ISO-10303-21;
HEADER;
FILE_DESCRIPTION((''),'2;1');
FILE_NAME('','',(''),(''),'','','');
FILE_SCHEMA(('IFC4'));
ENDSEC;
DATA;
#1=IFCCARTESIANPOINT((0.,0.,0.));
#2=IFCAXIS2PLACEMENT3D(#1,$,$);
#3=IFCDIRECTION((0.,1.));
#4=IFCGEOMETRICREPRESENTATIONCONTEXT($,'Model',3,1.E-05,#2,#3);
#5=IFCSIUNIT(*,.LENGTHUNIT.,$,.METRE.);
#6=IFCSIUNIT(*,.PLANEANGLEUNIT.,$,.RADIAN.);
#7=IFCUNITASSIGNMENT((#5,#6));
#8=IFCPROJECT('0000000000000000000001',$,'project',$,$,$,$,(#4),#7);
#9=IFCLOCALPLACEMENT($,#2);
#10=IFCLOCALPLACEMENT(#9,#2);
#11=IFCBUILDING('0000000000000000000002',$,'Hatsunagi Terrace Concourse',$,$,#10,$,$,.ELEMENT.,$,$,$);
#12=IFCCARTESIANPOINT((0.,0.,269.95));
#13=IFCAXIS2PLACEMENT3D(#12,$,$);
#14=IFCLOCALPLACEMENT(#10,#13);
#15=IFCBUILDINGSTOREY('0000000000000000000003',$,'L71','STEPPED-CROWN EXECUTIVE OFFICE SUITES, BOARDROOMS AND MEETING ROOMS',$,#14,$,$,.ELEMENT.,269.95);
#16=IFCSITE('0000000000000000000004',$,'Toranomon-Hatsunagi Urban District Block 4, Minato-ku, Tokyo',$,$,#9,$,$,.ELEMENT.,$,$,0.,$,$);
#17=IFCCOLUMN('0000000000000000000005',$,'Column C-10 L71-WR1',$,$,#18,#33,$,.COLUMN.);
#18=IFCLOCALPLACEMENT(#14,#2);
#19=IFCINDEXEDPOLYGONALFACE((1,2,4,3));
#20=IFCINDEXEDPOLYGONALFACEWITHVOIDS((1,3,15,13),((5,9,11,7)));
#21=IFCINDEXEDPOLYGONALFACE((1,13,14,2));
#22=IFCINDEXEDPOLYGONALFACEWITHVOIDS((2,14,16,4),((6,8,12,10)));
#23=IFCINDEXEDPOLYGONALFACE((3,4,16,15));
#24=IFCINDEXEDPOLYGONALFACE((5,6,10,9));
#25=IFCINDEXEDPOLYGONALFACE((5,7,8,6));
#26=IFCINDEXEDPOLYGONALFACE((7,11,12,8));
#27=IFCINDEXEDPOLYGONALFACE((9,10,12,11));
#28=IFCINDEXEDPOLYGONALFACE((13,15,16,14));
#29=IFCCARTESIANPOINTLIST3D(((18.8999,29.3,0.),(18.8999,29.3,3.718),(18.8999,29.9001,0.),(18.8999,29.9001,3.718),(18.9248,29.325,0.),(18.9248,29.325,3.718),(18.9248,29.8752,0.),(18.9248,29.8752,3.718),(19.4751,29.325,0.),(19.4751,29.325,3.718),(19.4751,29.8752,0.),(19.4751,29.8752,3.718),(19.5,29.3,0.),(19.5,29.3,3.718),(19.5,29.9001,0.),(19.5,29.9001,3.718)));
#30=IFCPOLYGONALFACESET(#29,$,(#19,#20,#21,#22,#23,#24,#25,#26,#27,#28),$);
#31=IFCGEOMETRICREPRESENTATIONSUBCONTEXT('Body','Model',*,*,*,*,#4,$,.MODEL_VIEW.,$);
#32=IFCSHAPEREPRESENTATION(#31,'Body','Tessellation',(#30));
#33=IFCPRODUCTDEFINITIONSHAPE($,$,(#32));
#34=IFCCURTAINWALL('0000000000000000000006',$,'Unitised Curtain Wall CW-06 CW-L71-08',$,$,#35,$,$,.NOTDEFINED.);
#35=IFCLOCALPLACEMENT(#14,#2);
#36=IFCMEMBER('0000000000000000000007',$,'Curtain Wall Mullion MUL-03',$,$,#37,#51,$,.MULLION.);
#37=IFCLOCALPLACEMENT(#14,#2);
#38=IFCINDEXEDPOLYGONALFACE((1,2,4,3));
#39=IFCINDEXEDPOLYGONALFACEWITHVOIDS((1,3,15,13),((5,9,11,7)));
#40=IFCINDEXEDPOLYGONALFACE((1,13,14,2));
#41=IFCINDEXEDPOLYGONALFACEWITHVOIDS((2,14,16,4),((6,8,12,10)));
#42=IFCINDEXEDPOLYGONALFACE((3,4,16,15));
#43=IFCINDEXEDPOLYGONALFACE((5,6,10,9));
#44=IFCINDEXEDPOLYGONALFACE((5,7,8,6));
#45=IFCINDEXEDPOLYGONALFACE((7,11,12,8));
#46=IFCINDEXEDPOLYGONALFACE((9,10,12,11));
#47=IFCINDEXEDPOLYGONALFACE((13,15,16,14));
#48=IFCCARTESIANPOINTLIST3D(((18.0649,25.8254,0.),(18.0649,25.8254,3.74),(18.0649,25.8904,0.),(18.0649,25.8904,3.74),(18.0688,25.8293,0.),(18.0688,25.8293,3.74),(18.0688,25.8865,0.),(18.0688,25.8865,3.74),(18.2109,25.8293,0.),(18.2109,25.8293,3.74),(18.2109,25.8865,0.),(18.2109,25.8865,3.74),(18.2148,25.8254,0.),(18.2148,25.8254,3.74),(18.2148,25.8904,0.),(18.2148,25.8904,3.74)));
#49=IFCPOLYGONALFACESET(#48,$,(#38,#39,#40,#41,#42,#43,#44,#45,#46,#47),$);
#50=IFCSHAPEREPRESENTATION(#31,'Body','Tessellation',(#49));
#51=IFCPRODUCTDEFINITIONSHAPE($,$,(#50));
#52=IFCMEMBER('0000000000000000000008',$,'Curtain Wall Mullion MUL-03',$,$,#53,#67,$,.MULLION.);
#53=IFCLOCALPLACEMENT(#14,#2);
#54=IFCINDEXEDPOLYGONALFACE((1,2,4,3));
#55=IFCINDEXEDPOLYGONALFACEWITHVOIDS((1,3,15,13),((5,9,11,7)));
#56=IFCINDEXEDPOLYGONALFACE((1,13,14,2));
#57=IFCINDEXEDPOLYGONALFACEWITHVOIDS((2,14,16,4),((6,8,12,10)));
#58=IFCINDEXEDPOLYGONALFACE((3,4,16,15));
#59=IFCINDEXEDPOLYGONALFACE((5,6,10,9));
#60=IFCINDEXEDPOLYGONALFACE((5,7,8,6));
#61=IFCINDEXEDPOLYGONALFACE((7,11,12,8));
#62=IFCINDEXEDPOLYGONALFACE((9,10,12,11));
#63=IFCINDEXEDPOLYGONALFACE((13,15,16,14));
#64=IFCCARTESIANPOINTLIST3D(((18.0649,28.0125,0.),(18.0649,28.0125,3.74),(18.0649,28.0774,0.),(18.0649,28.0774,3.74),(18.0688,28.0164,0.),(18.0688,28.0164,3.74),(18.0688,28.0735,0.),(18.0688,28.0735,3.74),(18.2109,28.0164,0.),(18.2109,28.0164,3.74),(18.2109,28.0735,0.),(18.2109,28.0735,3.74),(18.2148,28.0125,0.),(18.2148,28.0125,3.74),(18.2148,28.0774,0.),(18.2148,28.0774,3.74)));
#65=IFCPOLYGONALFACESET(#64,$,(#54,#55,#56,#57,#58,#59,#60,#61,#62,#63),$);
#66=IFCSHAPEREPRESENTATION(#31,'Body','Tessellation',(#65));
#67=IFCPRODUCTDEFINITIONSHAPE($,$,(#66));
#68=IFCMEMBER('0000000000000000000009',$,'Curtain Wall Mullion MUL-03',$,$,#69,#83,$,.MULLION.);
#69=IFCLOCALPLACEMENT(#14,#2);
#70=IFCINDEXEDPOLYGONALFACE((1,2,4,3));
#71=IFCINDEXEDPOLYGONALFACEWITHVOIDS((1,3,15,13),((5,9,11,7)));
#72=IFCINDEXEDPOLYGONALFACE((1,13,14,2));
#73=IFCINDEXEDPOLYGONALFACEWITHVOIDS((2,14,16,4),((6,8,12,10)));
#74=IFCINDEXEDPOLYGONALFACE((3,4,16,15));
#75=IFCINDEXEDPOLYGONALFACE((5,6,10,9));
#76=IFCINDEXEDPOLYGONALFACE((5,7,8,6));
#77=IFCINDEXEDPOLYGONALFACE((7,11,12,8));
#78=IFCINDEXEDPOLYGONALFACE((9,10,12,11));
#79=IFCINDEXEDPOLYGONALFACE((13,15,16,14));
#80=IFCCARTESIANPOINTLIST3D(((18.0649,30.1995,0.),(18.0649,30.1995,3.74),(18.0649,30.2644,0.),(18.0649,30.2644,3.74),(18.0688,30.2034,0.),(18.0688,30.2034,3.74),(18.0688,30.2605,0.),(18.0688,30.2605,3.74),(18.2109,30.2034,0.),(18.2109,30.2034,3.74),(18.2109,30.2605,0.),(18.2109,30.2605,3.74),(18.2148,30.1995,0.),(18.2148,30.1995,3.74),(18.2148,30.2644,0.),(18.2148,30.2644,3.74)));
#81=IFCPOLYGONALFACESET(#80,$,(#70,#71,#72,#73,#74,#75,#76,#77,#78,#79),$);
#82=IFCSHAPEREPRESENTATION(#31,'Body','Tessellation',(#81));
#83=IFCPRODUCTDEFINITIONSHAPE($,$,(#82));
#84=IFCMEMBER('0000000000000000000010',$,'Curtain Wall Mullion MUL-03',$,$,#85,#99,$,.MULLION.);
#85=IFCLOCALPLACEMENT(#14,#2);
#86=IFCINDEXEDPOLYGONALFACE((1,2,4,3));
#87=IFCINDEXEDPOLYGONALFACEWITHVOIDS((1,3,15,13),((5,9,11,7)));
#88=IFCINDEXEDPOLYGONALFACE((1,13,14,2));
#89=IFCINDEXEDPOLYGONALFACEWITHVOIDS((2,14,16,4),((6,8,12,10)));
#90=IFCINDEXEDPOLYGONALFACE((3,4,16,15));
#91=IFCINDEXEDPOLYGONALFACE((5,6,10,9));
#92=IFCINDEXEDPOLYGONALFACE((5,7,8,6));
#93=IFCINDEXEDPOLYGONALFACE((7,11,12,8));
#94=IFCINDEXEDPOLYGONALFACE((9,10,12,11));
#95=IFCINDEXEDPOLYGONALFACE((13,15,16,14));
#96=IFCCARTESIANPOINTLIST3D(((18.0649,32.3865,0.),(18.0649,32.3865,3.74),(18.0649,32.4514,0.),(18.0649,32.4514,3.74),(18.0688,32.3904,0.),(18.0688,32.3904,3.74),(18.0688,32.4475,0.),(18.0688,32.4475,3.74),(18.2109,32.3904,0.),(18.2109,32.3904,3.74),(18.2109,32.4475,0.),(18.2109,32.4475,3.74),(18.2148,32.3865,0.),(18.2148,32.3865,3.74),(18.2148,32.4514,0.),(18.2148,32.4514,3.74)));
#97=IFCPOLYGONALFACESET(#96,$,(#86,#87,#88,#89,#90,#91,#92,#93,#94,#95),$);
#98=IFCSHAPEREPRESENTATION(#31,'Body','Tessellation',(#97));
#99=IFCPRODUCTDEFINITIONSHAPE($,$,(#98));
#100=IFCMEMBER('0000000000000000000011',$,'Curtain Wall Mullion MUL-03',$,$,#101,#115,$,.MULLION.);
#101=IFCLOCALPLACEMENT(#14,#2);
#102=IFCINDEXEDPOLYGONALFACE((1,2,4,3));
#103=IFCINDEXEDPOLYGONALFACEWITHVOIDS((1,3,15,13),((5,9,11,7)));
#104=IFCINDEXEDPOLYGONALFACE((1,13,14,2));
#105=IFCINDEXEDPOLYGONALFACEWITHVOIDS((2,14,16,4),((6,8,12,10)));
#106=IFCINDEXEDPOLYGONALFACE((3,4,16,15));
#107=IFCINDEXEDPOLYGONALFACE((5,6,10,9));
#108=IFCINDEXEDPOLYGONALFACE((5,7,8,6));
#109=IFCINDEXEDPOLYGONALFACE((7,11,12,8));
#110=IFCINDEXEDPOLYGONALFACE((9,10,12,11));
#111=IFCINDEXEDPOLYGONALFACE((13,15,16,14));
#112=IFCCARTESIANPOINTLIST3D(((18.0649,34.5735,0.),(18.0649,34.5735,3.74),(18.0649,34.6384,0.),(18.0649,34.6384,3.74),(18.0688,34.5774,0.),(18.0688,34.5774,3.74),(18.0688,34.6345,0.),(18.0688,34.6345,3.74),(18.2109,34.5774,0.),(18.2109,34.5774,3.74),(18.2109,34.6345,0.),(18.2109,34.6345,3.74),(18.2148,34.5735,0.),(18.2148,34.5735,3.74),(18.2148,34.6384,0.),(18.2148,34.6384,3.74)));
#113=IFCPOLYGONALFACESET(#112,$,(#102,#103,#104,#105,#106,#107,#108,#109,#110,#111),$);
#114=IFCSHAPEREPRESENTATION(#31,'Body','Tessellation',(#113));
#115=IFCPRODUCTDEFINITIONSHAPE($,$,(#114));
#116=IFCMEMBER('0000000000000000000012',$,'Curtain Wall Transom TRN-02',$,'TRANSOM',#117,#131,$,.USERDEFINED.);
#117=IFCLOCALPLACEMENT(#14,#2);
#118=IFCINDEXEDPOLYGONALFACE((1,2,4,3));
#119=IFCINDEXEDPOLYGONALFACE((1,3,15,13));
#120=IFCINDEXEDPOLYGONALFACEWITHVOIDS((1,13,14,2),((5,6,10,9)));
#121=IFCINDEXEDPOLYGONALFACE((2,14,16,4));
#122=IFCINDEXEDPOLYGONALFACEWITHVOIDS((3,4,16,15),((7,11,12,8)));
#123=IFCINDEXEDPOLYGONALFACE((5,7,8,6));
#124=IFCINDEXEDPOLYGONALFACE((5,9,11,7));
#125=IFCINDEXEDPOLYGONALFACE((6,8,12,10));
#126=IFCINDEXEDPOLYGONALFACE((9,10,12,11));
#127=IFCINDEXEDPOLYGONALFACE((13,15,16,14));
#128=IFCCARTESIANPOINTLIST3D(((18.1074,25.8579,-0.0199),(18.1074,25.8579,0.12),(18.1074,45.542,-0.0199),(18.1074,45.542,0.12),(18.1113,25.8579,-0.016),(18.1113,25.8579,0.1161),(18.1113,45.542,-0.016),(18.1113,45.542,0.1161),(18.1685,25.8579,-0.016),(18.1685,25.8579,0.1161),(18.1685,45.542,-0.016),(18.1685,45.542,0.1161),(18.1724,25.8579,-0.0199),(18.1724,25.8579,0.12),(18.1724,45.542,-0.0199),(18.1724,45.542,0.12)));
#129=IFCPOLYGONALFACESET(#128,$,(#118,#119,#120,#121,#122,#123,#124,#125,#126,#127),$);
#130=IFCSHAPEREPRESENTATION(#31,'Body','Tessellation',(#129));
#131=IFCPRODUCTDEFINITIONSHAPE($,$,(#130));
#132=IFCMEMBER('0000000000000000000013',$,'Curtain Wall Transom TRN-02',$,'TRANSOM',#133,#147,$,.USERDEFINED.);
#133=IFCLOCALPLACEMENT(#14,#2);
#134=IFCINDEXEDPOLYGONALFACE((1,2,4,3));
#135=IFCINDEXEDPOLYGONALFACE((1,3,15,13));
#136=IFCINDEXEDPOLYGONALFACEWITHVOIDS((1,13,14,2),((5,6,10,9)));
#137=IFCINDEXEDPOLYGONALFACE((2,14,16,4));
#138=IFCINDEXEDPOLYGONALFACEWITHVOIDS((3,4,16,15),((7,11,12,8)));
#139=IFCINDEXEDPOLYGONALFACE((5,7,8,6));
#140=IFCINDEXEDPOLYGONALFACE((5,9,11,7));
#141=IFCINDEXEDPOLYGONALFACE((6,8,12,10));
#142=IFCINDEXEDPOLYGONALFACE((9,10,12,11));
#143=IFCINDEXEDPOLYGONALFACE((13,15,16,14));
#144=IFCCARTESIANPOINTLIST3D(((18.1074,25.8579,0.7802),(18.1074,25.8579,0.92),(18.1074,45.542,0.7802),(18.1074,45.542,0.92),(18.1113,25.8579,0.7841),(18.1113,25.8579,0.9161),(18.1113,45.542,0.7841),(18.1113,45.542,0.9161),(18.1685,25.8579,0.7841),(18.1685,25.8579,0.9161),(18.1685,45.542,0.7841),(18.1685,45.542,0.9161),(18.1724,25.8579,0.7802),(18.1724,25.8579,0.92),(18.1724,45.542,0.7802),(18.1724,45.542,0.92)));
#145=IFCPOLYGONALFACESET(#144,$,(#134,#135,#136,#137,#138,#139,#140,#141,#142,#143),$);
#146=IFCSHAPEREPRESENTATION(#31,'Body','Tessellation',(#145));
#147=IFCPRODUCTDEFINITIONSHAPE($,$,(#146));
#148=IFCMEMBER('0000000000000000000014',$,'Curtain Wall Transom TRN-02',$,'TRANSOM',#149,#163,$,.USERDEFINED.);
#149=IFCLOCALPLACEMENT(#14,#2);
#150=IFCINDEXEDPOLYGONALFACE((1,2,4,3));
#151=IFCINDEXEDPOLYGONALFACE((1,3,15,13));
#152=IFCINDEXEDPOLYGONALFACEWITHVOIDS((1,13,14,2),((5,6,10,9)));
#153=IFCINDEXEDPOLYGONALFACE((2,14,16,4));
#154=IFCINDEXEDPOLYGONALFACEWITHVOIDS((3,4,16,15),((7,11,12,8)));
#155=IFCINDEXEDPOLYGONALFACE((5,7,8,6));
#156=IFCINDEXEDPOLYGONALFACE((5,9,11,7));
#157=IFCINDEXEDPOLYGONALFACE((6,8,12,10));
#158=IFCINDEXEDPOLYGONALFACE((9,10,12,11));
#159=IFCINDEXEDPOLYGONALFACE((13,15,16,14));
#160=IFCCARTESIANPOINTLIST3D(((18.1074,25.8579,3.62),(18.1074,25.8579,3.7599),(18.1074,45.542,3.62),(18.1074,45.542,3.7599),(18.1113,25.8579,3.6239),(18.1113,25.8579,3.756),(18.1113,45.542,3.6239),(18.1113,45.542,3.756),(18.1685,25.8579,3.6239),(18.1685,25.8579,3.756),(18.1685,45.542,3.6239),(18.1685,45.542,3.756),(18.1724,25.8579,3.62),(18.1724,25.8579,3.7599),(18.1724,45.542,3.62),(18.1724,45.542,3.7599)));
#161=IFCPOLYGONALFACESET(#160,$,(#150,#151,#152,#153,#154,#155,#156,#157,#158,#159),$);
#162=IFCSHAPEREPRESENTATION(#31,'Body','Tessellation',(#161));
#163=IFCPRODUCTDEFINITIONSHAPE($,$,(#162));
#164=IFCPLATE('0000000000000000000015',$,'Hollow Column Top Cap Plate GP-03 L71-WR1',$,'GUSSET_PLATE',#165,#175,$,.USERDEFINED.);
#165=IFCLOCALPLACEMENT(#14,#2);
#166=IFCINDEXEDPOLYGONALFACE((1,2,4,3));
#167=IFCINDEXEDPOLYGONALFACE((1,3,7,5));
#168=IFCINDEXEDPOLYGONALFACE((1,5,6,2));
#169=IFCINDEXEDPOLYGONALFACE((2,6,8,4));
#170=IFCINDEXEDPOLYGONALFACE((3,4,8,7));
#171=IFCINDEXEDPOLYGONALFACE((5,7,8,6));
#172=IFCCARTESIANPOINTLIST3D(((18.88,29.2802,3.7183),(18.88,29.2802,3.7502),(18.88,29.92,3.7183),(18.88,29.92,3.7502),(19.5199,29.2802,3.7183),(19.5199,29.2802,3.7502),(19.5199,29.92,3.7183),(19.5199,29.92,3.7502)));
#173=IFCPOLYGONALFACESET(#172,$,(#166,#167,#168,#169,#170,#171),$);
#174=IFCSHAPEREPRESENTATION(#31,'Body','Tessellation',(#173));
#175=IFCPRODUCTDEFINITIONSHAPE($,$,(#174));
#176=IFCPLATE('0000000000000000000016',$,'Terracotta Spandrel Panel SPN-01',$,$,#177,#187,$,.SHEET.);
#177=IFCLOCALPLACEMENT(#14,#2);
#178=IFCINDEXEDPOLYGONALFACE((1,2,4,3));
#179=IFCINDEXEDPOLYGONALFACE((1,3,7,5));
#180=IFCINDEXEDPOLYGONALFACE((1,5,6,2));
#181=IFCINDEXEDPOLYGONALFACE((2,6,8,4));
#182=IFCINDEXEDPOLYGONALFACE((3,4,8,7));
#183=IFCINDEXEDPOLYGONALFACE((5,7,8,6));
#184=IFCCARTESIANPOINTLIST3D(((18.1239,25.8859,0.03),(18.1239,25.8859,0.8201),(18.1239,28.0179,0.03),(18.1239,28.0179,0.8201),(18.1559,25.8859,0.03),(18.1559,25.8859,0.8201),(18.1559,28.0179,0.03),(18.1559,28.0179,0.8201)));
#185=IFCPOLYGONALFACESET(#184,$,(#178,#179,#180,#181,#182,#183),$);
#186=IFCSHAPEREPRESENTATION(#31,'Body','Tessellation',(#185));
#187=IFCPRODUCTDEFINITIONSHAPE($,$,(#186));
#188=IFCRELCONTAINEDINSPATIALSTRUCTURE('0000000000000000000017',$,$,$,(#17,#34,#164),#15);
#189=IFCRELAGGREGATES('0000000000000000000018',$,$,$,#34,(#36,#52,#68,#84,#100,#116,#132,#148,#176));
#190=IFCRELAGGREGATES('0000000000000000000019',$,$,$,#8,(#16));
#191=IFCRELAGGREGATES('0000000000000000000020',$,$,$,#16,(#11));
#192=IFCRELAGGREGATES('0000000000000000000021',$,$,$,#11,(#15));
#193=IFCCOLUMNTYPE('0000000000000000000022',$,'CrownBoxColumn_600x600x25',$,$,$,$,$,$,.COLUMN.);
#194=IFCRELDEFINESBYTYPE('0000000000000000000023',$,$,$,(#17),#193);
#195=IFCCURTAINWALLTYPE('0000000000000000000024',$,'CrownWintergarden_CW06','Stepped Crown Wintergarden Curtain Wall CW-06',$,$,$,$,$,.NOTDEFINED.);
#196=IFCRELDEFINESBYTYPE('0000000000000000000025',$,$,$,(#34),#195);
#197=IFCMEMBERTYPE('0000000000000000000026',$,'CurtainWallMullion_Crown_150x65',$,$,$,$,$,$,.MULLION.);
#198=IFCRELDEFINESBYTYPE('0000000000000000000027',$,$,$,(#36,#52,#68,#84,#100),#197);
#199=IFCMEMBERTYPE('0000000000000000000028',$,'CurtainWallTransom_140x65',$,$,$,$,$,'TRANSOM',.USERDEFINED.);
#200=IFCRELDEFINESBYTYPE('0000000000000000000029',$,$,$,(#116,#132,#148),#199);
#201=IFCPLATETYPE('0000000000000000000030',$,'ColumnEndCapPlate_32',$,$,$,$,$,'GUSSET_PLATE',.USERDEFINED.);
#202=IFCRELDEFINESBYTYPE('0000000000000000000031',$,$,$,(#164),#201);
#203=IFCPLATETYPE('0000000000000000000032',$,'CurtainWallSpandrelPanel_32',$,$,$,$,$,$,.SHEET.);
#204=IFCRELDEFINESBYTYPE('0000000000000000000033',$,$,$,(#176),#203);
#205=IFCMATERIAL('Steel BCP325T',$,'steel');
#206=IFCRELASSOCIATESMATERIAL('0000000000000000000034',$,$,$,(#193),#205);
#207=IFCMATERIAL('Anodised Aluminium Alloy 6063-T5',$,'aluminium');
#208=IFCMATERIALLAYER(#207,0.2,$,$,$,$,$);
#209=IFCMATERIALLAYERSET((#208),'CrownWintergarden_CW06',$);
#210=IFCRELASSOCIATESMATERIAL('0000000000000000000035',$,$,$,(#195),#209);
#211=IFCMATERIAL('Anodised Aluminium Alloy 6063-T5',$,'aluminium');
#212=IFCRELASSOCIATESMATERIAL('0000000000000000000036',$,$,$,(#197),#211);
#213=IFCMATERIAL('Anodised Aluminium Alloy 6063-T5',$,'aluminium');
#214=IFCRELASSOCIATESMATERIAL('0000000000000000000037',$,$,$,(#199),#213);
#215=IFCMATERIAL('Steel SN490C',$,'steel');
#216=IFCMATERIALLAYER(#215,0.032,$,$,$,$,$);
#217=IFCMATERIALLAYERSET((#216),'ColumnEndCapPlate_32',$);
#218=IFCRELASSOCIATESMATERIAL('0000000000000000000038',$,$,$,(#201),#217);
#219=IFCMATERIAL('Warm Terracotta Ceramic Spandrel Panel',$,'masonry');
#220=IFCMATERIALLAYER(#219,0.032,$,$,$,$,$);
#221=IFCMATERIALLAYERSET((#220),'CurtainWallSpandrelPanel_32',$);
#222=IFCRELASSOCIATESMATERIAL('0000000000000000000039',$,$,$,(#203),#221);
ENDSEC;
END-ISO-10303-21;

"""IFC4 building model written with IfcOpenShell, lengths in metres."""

from ifc_helpers import new_model, si_unit, direction, frame, origin, origin_2d, place, context, subcontext, project, spatial, rectangle, hollow_rectangle, extrude, material, layer, layer_set, material_profile, profile_set, type_object, element, aggregate, save


model = new_model("IFC4")

# Units and contexts
model_context = context("Model", 3, precision=1e-05, world=origin(), true_north=direction((0.0, 1.0)))
body_context = subcontext(model_context, "Body", "Model", "MODEL_VIEW")
ifc_project = project(units=[si_unit("LENGTHUNIT", "METRE"), si_unit("PLANEANGLEUNIT", "RADIAN")], contexts=[model_context])

# Site, building, storey
site_placement = place(None, origin())
site = spatial("IfcSite", under=ifc_project, at=site_placement, Name="Toranomon-Hatsunagi Urban District Block 4, Minato-ku, Tokyo", CompositionType="ELEMENT", RefElevation=0.0)
building_placement = place(site_placement, origin())
building = spatial("IfcBuilding", under=site, at=building_placement, Name="Hatsunagi Terrace Concourse", CompositionType="ELEMENT")
storey_placement = place(building_placement, frame((0.0, 0.0, 269.95)))
storey = spatial("IfcBuildingStorey", under=building, at=storey_placement, Name="L71", Description="STEPPED-CROWN EXECUTIVE OFFICE SUITES, BOARDROOMS AND MEETING ROOMS", CompositionType="ELEMENT", Elevation=269.95)

# Column
ifc_material_1 = material(Name="Steel BCP325T", Category="steel")
ifc_material_profile_1 = material_profile(ifc_material_1, hollow_rectangle(XDim=0.6001, YDim=0.6001, WallThickness=0.0249, at=origin_2d()), Name="BCP-600x600x25")
ifc_profile_set_1 = profile_set([ifc_material_profile_1], Name="Steel BCP325T")
column_type = type_object("IfcColumnType", Name="CrownBoxColumn_600x600x25", PredefinedType="COLUMN", material=ifc_profile_set_1)
column_placement = place(storey_placement, frame((19.2, 29.6001, 0.0), z_axis=(0.0, 0.0, 1.0), x_axis=(1.0, 0.0, 0.0)))
element("IfcColumn", 1, at=column_placement, inside=storey, type_object=column_type, Name="Column C-10 L71-WR1", PredefinedType="COLUMN", context=body_context, shape_type="SweptSolid", body=[
    extrude(hollow_rectangle(XDim=0.6001, YDim=0.6001, WallThickness=0.0249, at=origin_2d()), origin(), (0.0, 0.0, 1.0), 3.718),
])

# Curtain wall, members
ifc_material_2 = material(Name="Anodised Aluminium Alloy 6063-T5", Category="aluminium")
ifc_layer_1 = layer(ifc_material_2, 0.2)
ifc_layer_set_1 = layer_set([ifc_layer_1], Name="CrownWintergarden_CW06")
curtain_wall_type = type_object("IfcCurtainWallType", Name="CrownWintergarden_CW06", Description="Stepped Crown Wintergarden Curtain Wall CW-06", PredefinedType="NOTDEFINED", material=ifc_layer_set_1)
curtain_wall_placement = place(storey_placement, origin())
curtain_wall = element("IfcCurtainWall", 2, at=curtain_wall_placement, inside=storey, type_object=curtain_wall_type, Name="Unitised Curtain Wall CW-06 CW-L71-08", PredefinedType="NOTDEFINED")
ifc_material_3 = material(Name="Anodised Aluminium Alloy 6063-T5", Category="aluminium")
ifc_material_profile_2 = material_profile(ifc_material_3, hollow_rectangle(XDim=0.0649, YDim=0.1499, WallThickness=0.0039, at=origin_2d()), Name="ALU-MUL-150x65x4")
ifc_profile_set_2 = profile_set([ifc_material_profile_2], Name="Anodised Aluminium Alloy 6063-T5")
member_type_1 = type_object("IfcMemberType", Name="CurtainWallMullion_Crown_150x65", PredefinedType="MULLION", material=ifc_profile_set_2)
member_1_placement = place(storey_placement, frame((18.1399, 25.8579, 0.0), z_axis=(0.0, 0.0, 1.0), x_axis=(0.0, 1.0, 0.0)))
member_1 = element("IfcMember", 3, at=member_1_placement, type_object=member_type_1, Name="Curtain Wall Mullion MUL-03", PredefinedType="MULLION", context=body_context, shape_type="SweptSolid", body=[
    extrude(hollow_rectangle(XDim=0.0649, YDim=0.1499, WallThickness=0.0039, at=origin_2d()), origin(), (0.0, 0.0, 1.0), 3.74),
])
member_2_placement = place(storey_placement, frame((18.1399, 28.0449, 0.0), z_axis=(0.0, 0.0, 1.0), x_axis=(0.0, 1.0, 0.0)))
member_2 = element("IfcMember", 4, at=member_2_placement, type_object=member_type_1, Name="Curtain Wall Mullion MUL-03", PredefinedType="MULLION", context=body_context, shape_type="SweptSolid", body=[
    extrude(hollow_rectangle(XDim=0.0649, YDim=0.1499, WallThickness=0.0039, at=origin_2d()), origin(), (0.0, 0.0, 1.0), 3.74),
])
member_3_placement = place(storey_placement, frame((18.1399, 30.2319, 0.0), z_axis=(0.0, 0.0, 1.0), x_axis=(0.0, 1.0, 0.0)))
member_3 = element("IfcMember", 5, at=member_3_placement, type_object=member_type_1, Name="Curtain Wall Mullion MUL-03", PredefinedType="MULLION", context=body_context, shape_type="SweptSolid", body=[
    extrude(hollow_rectangle(XDim=0.0649, YDim=0.1499, WallThickness=0.0039, at=origin_2d()), origin(), (0.0, 0.0, 1.0), 3.74),
])
member_4_placement = place(storey_placement, frame((18.1399, 32.4189, 0.0), z_axis=(0.0, 0.0, 1.0), x_axis=(0.0, 1.0, 0.0)))
member_4 = element("IfcMember", 6, at=member_4_placement, type_object=member_type_1, Name="Curtain Wall Mullion MUL-03", PredefinedType="MULLION", context=body_context, shape_type="SweptSolid", body=[
    extrude(hollow_rectangle(XDim=0.0649, YDim=0.1499, WallThickness=0.0039, at=origin_2d()), origin(), (0.0, 0.0, 1.0), 3.74),
])
member_5_placement = place(storey_placement, frame((18.1399, 34.606, 0.0), z_axis=(0.0, 0.0, 1.0), x_axis=(0.0, 1.0, 0.0)))
member_5 = element("IfcMember", 7, at=member_5_placement, type_object=member_type_1, Name="Curtain Wall Mullion MUL-03", PredefinedType="MULLION", context=body_context, shape_type="SweptSolid", body=[
    extrude(hollow_rectangle(XDim=0.0649, YDim=0.1499, WallThickness=0.0039, at=origin_2d()), origin(), (0.0, 0.0, 1.0), 3.74),
])
ifc_material_4 = material(Name="Anodised Aluminium Alloy 6063-T5", Category="aluminium")
ifc_material_profile_3 = material_profile(ifc_material_4, hollow_rectangle(XDim=0.0649, YDim=0.1399, WallThickness=0.0039, at=origin_2d()), Name="ALU-TRN-140x65x4")
ifc_profile_set_3 = profile_set([ifc_material_profile_3], Name="Anodised Aluminium Alloy 6063-T5")
member_type_2 = type_object("IfcMemberType", Name="CurtainWallTransom_140x65", ElementType="TRANSOM", PredefinedType="USERDEFINED", material=ifc_profile_set_3)
member_6_placement = place(storey_placement, frame((18.1399, 25.8579, 0.05), z_axis=(0.0, 1.0, 0.0), x_axis=(-1.0, 0.0, 0.0)))
member_6 = element("IfcMember", 8, at=member_6_placement, type_object=member_type_2, Name="Curtain Wall Transom TRN-02", ObjectType="TRANSOM", PredefinedType="USERDEFINED", context=body_context, shape_type="SweptSolid", body=[
    extrude(hollow_rectangle(XDim=0.0649, YDim=0.1399, WallThickness=0.0039, at=origin_2d()), origin(), (0.0, 0.0, 1.0), 19.6841),
])
member_7_placement = place(storey_placement, frame((18.1399, 25.8579, 0.8501), z_axis=(0.0, 1.0, 0.0), x_axis=(-1.0, 0.0, 0.0)))
member_7 = element("IfcMember", 9, at=member_7_placement, type_object=member_type_2, Name="Curtain Wall Transom TRN-02", ObjectType="TRANSOM", PredefinedType="USERDEFINED", context=body_context, shape_type="SweptSolid", body=[
    extrude(hollow_rectangle(XDim=0.0649, YDim=0.1399, WallThickness=0.0039, at=origin_2d()), origin(), (0.0, 0.0, 1.0), 19.6841),
])
member_8_placement = place(storey_placement, frame((18.1399, 25.8579, 3.6899), z_axis=(0.0, 1.0, 0.0), x_axis=(-1.0, 0.0, 0.0)))
member_8 = element("IfcMember", 10, at=member_8_placement, type_object=member_type_2, Name="Curtain Wall Transom TRN-02", ObjectType="TRANSOM", PredefinedType="USERDEFINED", context=body_context, shape_type="SweptSolid", body=[
    extrude(hollow_rectangle(XDim=0.0649, YDim=0.1399, WallThickness=0.0039, at=origin_2d()), origin(), (0.0, 0.0, 1.0), 19.6841),
])

# Plates
ifc_material_5 = material(Name="Steel SN490C", Category="steel")
ifc_layer_2 = layer(ifc_material_5, 0.032)
ifc_layer_set_2 = layer_set([ifc_layer_2], Name="ColumnEndCapPlate_32")
plate_type_1 = type_object("IfcPlateType", Name="ColumnEndCapPlate_32", ElementType="GUSSET_PLATE", PredefinedType="USERDEFINED", material=ifc_layer_set_2)
plate_1_placement = place(storey_placement, frame((19.2, 29.6001, 3.7183), z_axis=(0.0, 0.0, 1.0), x_axis=(1.0, 0.0, 0.0)))
element("IfcPlate", 11, at=plate_1_placement, inside=storey, type_object=plate_type_1, Name="Hollow Column Top Cap Plate GP-03 L71-WR1", ObjectType="GUSSET_PLATE", PredefinedType="USERDEFINED", context=body_context, shape_type="SweptSolid", body=[
    extrude(rectangle(XDim=0.6399, YDim=0.6399, at=origin_2d()), origin(), (0.0, 0.0, 1.0), 0.032),
])
ifc_material_6 = material(Name="Warm Terracotta Ceramic Spandrel Panel", Category="masonry")
ifc_layer_3 = layer(ifc_material_6, 0.032)
ifc_layer_set_3 = layer_set([ifc_layer_3], Name="CurtainWallSpandrelPanel_32")
plate_type_2 = type_object("IfcPlateType", Name="CurtainWallSpandrelPanel_32", PredefinedType="SHEET", material=ifc_layer_set_3)
plate_2_placement = place(storey_placement, frame((18.1399, 26.9519, 0.03), z_axis=(0.0, 0.0, 1.0), x_axis=(0.0, 1.0, 0.0)))
plate_2 = element("IfcPlate", 12, at=plate_2_placement, type_object=plate_type_2, Name="Terracotta Spandrel Panel SPN-01", PredefinedType="SHEET", context=body_context, shape_type="SweptSolid", body=[
    extrude(rectangle(XDim=2.1321, YDim=0.032, at=origin_2d()), origin(), (0.0, 0.0, 1.0), 0.79),
])
aggregate(curtain_wall, [member_1, member_2, member_3, member_4, member_5, member_6, member_7, member_8, plate_2])

save(model, "model.ifc")
